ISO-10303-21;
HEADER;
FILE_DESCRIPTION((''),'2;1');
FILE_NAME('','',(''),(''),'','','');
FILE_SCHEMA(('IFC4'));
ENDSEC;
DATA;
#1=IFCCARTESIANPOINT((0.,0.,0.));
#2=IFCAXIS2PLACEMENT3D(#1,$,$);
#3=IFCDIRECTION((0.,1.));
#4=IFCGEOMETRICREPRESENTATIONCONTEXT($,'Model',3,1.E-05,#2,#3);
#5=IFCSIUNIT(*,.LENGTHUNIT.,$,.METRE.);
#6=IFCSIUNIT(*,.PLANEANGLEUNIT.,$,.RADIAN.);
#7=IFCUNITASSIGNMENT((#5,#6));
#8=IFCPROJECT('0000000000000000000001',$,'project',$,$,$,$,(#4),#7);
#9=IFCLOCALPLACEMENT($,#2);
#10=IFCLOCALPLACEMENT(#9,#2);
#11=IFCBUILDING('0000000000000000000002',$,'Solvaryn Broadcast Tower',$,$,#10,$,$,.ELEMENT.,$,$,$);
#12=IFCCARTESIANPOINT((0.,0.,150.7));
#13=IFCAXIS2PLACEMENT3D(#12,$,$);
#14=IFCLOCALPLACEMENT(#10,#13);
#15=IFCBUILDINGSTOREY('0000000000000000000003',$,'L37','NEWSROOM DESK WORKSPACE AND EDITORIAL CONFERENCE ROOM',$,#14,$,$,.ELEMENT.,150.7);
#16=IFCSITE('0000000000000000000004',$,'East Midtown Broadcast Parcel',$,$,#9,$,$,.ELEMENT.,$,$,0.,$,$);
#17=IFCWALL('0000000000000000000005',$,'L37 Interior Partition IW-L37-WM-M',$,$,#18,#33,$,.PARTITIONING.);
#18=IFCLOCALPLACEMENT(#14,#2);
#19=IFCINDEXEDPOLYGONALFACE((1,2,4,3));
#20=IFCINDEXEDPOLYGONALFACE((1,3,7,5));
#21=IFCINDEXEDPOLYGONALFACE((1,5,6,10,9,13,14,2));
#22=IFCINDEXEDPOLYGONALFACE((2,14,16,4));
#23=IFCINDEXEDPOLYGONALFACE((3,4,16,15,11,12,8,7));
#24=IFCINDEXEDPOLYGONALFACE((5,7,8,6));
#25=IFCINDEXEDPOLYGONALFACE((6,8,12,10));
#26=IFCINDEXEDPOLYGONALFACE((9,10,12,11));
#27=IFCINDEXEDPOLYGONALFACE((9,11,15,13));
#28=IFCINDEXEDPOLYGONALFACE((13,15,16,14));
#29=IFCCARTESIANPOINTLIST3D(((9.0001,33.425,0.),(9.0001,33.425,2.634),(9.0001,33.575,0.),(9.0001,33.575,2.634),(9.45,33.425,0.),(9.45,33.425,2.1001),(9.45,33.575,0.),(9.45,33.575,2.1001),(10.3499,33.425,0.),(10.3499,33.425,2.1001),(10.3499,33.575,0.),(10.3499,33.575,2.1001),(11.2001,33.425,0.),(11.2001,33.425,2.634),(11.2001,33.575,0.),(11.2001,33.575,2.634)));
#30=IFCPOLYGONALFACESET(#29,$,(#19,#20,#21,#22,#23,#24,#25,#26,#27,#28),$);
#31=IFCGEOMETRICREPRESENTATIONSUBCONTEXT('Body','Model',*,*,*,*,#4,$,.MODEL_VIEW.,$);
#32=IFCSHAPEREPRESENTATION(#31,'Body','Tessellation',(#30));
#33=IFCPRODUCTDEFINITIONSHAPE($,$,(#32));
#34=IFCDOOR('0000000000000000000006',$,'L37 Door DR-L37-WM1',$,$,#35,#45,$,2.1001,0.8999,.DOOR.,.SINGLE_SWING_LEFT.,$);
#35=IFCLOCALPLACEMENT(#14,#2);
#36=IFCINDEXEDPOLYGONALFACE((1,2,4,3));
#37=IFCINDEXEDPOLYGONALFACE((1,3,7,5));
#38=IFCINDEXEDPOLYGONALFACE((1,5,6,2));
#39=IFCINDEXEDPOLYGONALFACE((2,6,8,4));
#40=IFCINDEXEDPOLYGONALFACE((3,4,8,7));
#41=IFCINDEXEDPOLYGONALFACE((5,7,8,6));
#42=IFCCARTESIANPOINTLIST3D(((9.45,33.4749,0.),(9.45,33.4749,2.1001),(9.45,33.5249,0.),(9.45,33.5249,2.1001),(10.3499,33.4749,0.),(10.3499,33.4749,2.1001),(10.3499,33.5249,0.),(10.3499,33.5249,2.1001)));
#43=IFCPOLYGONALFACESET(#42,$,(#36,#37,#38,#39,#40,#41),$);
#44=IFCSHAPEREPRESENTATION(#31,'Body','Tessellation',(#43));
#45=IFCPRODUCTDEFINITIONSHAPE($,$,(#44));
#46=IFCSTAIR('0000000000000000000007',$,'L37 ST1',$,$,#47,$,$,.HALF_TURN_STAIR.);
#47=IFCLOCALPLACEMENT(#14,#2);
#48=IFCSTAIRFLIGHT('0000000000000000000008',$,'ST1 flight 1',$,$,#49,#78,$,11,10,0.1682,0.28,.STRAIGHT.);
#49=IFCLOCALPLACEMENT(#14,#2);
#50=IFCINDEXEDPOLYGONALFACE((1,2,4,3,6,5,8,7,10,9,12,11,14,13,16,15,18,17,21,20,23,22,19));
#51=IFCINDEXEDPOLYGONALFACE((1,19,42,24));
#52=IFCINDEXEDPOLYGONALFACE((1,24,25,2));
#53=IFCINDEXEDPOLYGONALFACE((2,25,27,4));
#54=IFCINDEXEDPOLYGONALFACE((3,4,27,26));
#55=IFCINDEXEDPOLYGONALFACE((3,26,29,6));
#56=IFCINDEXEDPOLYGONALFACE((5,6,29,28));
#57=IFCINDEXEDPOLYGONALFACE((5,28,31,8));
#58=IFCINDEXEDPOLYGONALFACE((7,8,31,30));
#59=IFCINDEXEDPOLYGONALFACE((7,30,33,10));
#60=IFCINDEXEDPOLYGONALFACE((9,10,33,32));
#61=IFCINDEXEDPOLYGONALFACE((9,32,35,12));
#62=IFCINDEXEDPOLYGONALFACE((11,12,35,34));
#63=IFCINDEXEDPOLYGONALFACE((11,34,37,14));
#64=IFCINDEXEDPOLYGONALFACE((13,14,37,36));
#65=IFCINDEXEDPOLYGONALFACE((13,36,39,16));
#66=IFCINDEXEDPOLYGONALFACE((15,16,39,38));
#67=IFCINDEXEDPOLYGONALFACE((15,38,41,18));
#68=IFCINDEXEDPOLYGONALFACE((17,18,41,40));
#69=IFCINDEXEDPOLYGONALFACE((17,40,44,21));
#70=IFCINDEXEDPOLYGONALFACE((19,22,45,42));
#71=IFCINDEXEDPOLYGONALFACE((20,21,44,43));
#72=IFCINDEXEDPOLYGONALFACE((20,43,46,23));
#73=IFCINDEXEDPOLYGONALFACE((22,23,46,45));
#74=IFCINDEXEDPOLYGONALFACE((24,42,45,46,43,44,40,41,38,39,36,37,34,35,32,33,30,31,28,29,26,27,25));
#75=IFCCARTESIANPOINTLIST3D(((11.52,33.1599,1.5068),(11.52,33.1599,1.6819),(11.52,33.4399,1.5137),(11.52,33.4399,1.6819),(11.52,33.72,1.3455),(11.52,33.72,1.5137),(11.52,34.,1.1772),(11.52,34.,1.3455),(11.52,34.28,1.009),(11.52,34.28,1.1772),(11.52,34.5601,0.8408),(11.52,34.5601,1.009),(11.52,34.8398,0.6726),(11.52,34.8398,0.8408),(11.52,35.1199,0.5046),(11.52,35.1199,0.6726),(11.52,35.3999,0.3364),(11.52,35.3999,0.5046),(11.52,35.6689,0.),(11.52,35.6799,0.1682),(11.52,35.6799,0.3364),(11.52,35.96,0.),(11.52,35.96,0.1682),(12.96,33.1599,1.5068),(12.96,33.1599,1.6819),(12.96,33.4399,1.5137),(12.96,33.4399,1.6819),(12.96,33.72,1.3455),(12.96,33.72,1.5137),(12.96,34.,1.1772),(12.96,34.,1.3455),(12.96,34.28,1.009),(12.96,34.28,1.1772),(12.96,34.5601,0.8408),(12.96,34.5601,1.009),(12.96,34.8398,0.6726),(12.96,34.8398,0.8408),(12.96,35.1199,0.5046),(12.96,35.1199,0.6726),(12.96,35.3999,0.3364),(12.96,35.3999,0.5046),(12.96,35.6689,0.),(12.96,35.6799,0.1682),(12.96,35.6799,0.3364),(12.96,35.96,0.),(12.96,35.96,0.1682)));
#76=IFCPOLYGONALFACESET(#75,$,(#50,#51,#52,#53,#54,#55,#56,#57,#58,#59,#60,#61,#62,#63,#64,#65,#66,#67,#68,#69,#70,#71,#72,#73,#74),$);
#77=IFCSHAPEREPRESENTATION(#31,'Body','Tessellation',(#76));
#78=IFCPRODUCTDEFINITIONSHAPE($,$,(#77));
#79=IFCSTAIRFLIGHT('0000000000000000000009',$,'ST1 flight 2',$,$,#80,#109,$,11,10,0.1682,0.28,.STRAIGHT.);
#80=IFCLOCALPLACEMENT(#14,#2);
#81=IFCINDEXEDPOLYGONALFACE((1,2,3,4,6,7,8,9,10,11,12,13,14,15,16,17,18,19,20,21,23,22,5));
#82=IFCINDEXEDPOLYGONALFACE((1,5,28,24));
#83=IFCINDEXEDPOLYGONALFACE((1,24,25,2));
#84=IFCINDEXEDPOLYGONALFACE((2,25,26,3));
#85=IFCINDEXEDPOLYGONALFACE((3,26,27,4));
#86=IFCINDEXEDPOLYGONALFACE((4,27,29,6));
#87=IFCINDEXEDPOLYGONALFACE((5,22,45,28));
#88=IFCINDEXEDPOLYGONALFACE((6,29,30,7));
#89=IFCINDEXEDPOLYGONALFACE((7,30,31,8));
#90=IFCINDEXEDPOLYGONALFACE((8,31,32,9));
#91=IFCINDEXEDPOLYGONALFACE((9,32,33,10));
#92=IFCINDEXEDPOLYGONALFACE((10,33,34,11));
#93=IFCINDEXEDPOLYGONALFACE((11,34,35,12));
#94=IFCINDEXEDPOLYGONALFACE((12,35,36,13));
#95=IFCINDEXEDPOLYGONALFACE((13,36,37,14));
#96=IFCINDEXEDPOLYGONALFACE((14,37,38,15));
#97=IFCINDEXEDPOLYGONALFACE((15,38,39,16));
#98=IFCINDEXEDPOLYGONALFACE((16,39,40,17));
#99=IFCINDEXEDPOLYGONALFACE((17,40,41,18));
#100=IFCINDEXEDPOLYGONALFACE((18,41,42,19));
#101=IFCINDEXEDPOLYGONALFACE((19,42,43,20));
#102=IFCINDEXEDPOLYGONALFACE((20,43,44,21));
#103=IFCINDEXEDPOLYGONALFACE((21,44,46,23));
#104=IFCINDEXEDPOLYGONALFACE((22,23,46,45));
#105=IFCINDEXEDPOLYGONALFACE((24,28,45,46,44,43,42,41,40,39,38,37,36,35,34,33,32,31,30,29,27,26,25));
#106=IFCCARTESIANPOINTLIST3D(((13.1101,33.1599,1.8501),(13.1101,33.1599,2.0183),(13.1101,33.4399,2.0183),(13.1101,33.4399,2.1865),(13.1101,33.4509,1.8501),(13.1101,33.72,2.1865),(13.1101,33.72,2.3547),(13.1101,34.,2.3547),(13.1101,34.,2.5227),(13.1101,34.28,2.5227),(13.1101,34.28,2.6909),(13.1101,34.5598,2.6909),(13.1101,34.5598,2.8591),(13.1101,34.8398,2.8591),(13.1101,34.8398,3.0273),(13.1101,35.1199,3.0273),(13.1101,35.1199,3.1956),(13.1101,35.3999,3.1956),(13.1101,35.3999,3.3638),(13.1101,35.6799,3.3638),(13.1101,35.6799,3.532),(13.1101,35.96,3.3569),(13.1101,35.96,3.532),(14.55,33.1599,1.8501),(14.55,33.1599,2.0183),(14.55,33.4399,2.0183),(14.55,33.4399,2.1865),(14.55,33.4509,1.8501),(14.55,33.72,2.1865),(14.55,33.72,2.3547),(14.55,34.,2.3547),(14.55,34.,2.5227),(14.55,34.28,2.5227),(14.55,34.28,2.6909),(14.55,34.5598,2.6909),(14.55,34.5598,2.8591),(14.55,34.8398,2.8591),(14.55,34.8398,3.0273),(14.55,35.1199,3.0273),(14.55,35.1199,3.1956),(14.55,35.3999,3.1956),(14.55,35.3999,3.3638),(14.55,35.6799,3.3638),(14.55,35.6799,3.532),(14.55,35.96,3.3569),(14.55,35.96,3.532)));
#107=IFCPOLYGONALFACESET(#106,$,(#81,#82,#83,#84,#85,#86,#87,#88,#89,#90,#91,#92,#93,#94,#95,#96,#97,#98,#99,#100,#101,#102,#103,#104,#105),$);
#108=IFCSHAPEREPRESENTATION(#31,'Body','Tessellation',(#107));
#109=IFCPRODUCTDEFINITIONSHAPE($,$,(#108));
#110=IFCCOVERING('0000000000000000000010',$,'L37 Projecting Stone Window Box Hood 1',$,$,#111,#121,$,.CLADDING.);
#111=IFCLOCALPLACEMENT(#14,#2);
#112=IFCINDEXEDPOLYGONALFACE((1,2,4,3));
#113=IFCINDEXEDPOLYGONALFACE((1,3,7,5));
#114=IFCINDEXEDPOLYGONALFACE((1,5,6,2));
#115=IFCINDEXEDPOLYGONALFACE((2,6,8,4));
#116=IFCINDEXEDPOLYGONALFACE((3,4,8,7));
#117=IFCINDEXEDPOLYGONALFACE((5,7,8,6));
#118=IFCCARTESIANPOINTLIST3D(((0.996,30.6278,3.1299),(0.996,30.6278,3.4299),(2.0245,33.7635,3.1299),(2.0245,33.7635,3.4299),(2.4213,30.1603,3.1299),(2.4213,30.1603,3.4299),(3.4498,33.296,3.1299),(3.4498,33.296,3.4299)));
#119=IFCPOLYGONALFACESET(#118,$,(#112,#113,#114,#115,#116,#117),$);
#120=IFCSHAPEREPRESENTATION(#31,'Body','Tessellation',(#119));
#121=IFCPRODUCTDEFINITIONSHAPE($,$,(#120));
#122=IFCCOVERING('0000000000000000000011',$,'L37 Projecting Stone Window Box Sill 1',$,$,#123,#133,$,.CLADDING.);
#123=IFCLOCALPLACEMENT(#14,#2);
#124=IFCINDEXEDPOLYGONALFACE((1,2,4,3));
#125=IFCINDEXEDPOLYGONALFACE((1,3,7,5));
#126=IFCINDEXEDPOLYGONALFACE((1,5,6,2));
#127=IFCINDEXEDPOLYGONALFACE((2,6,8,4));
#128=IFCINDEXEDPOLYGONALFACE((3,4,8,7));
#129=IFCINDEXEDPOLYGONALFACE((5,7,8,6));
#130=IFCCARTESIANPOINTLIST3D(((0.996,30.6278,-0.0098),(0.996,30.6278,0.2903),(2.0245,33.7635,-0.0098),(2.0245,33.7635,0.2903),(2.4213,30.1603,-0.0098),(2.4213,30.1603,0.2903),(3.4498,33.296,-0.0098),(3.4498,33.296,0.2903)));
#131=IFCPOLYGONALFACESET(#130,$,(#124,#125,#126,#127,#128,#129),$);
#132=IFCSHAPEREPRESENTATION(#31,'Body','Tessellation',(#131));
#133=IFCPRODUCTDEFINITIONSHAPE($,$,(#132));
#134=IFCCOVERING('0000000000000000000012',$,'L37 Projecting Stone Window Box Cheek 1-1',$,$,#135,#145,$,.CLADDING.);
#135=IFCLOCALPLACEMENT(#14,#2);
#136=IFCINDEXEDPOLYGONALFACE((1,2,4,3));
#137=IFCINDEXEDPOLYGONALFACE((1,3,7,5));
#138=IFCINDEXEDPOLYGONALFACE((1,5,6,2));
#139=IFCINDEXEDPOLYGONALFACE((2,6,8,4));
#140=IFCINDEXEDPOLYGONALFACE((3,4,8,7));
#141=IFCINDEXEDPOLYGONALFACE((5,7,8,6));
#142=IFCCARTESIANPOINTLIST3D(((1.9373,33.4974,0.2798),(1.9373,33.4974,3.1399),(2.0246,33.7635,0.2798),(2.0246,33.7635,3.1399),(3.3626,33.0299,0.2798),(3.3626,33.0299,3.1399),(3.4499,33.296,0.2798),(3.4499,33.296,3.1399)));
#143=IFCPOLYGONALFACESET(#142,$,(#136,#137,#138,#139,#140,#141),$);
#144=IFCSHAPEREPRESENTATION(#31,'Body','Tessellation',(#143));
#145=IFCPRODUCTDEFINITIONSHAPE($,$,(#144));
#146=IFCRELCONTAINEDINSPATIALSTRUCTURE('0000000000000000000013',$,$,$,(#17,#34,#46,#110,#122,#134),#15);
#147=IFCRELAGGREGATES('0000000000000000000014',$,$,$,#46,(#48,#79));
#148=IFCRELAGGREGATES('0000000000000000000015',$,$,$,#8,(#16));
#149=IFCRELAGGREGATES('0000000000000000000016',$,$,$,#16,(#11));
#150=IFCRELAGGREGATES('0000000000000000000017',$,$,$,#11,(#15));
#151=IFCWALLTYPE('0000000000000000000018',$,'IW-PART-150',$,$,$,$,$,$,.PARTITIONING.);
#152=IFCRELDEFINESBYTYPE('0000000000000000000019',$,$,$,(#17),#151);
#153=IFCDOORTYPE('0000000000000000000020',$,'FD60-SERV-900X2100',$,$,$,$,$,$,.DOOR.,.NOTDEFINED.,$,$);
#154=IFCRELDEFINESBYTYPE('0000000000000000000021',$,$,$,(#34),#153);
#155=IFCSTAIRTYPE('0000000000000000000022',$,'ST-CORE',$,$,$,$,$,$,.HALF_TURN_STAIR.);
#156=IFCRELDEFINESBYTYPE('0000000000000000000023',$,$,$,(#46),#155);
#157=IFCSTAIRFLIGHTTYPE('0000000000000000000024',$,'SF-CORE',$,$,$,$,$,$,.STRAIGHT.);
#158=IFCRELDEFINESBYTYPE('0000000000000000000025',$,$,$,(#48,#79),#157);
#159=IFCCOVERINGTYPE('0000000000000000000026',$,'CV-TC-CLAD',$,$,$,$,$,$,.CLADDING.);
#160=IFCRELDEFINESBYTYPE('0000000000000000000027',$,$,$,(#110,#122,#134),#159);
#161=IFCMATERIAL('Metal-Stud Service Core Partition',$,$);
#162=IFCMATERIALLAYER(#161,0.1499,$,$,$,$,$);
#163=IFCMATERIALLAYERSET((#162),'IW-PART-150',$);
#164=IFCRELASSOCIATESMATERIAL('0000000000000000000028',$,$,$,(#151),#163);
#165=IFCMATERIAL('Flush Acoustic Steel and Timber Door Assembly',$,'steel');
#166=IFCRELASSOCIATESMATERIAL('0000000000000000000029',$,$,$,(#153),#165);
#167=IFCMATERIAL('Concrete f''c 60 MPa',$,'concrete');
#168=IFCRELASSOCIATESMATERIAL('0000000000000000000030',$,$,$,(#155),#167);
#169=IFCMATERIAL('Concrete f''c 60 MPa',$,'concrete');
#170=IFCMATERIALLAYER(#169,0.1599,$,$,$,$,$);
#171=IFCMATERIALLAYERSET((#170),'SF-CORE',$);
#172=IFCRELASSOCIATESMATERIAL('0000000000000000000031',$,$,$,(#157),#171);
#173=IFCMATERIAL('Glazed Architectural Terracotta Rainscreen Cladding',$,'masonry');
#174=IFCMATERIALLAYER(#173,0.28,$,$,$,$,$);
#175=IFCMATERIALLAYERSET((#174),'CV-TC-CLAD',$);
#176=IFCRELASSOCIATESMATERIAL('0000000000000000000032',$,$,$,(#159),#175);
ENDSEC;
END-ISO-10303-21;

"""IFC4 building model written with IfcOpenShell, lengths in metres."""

from ifc_helpers import new_model, si_unit, direction, frame, frame_2d, origin, origin_2d, place, context, subcontext, project, spatial, polyline, rectangle, outline, extrude, material, layer, layer_set, type_object, element, fill, aggregate, save


model = new_model("IFC4")

# Units and contexts
model_context = context("Model", 3, precision=1e-05, world=origin(), true_north=direction((0.0, 1.0)))
body_context = subcontext(model_context, "Body", "Model", "MODEL_VIEW")
ifc_project = project(units=[si_unit("LENGTHUNIT", "METRE"), si_unit("PLANEANGLEUNIT", "RADIAN")], contexts=[model_context])

# Site, building, storey
site_placement = place(None, origin())
site = spatial("IfcSite", under=ifc_project, at=site_placement, Name="East Midtown Broadcast Parcel", CompositionType="ELEMENT", RefElevation=0.0)
building_placement = place(site_placement, origin())
building = spatial("IfcBuilding", under=site, at=building_placement, Name="Solvaryn Broadcast Tower", CompositionType="ELEMENT")
storey_placement = place(building_placement, frame((0.0, 0.0, 150.7)))
storey = spatial("IfcBuildingStorey", under=building, at=storey_placement, Name="L37", Description="NEWSROOM DESK WORKSPACE AND EDITORIAL CONFERENCE ROOM", CompositionType="ELEMENT", Elevation=150.7)

# Wall, opening, door
ifc_material_1 = material(Name="Metal-Stud Service Core Partition")
ifc_layer_1 = layer(ifc_material_1, 0.1499)
ifc_layer_set_1 = layer_set([ifc_layer_1], Name="IW-PART-150")
wall_type = type_object("IfcWallType", Name="IW-PART-150", PredefinedType="PARTITIONING", material=ifc_layer_set_1)
wall_placement = place(storey_placement, frame((9.0, 33.5, 0.0), z_axis=(0.0, 0.0, 1.0), x_axis=(1.0, 0.0, 0.0)))
wall = element("IfcWall", 1, at=wall_placement, inside=storey, type_object=wall_type, Name="L37 Interior Partition IW-L37-WM-M", PredefinedType="PARTITIONING", context=body_context, shape_type="SweptSolid", body=[
    extrude(rectangle(XDim=2.2, YDim=0.1499, at=frame_2d((1.1001, 0.0))), origin(), (0.0, 0.0, 1.0), 2.634),
])
opening_placement = place(wall_placement, frame((0.45, 0.0, 0.0)))
opening = element("IfcOpeningElement", 2, at=opening_placement, cuts=wall, PredefinedType="OPENING", context=body_context, shape_type="SweptSolid", body=[
    extrude(rectangle(XDim=0.8999, YDim=2.1001, at=frame_2d((0.45, 1.05))), frame((0.0, 0.085, 0.0), z_axis=(0.0, -1.0, 0.0), x_axis=(1.0, 0.0, 0.0)), (0.0, 0.0, 1.0), 0.1699),
])
ifc_material_2 = material(Name="Flush Acoustic Steel and Timber Door Assembly", Category="steel")
door_type = type_object("IfcDoorType", Name="FD60-SERV-900X2100", OperationType="NOTDEFINED", PredefinedType="DOOR", material=ifc_material_2)
door_placement = place(opening_placement, origin())
door = element("IfcDoor", 3, at=door_placement, inside=storey, type_object=door_type, Name="L37 Door DR-L37-WM1", OperationType="SINGLE_SWING_LEFT", OverallHeight=2.1001, OverallWidth=0.8999, PredefinedType="DOOR", context=body_context, shape_type="SweptSolid", body=[
    extrude(rectangle(XDim=0.8999, YDim=2.1001, at=frame_2d((0.45, 1.05))), frame((0.0, 0.0249, 0.0), z_axis=(0.0, -1.0, 0.0), x_axis=(1.0, 0.0, 0.0)), (0.0, 0.0, 1.0), 0.05),
])
fill(opening, door)

# Stair, stair flights
ifc_material_3 = material(Name="Concrete f'c 60 MPa", Category="concrete")
stair_type = type_object("IfcStairType", Name="ST-CORE", PredefinedType="HALF_TURN_STAIR", material=ifc_material_3)
stair_placement = place(storey_placement, origin())
stair = element("IfcStair", 4, at=stair_placement, inside=storey, type_object=stair_type, Name="L37 ST1", PredefinedType="HALF_TURN_STAIR")
ifc_material_4 = material(Name="Concrete f'c 60 MPa", Category="concrete")
ifc_layer_2 = layer(ifc_material_4, 0.1599)
ifc_layer_set_2 = layer_set([ifc_layer_2], Name="SF-CORE")
stair_flight_type = type_object("IfcStairFlightType", Name="SF-CORE", PredefinedType="STRAIGHT", material=ifc_layer_set_2)
stair_flight_1_placement = place(storey_placement, frame((12.24, 35.96, 0.0), z_axis=(0.0, 0.0, 1.0), x_axis=(0.0, -1.0, 0.0)))
stair_flight_1 = element("IfcStairFlight", 5, at=stair_flight_1_placement, type_object=stair_flight_type, Name="ST1 flight 1", NumberOfRisers=11, NumberOfTreads=10, PredefinedType="STRAIGHT", RiserHeight=0.1682, TreadLength=0.28, context=body_context, shape_type="SweptSolid", body=[
    extrude(outline(polyline([(0.0, 0.0), (0.0, 0.1682), (0.28, 0.1682), (0.28, 0.3364), (0.5601, 0.3364), (0.5601, 0.5046), (0.8401, 0.5046), (0.8401, 0.6726), (1.1201, 0.6726), (1.1201, 0.8408), (1.3999, 0.8408), (1.3999, 1.009), (1.6799, 1.009), (1.6799, 1.1772), (1.96, 1.1772), (1.96, 1.3455), (2.24, 1.3455), (2.24, 1.5137), (2.52, 1.5137), (2.52, 1.6819), (2.8, 1.6819), (2.8, 1.8501), (2.8, 1.5068), (0.291, 0.0), (0.0, 0.0)])), frame((0.0, 0.72, 0.0), z_axis=(0.0, -1.0, 0.0), x_axis=(1.0, 0.0, 0.0)), (0.0, 0.0, 1.0), 1.4399),
])
stair_flight_2_placement = place(storey_placement, frame((13.8301, 33.1599, 1.8501), z_axis=(0.0, 0.0, 1.0), x_axis=(0.0, 1.0, 0.0)))
stair_flight_2 = element("IfcStairFlight", 6, at=stair_flight_2_placement, type_object=stair_flight_type, Name="ST1 flight 2", NumberOfRisers=11, NumberOfTreads=10, PredefinedType="STRAIGHT", RiserHeight=0.1682, TreadLength=0.28, context=body_context, shape_type="SweptSolid", body=[
    extrude(outline(polyline([(0.0, 0.0), (0.0, 0.1682), (0.28, 0.1682), (0.28, 0.3364), (0.5601, 0.3364), (0.5601, 0.5046), (0.8401, 0.5046), (0.8401, 0.6726), (1.1201, 0.6726), (1.1201, 0.8408), (1.3999, 0.8408), (1.3999, 1.009), (1.6799, 1.009), (1.6799, 1.1772), (1.96, 1.1772), (1.96, 1.3455), (2.24, 1.3455), (2.24, 1.5137), (2.52, 1.5137), (2.52, 1.6819), (2.8, 1.6819), (2.8, 1.8501), (2.8, 1.5068), (0.291, 0.0), (0.0, 0.0)])), frame((0.0, 0.72, 0.0), z_axis=(0.0, -1.0, 0.0), x_axis=(1.0, 0.0, 0.0)), (0.0, 0.0, 1.0), 1.4399),
])
aggregate(stair, [stair_flight_1, stair_flight_2])

# Coverings
ifc_material_5 = material(Name="Glazed Architectural Terracotta Rainscreen Cladding", Category="masonry")
ifc_layer_3 = layer(ifc_material_5, 0.28)
ifc_layer_set_3 = layer_set([ifc_layer_3], Name="CV-TC-CLAD")
covering_type = type_object("IfcCoveringType", Name="CV-TC-CLAD", PredefinedType="CLADDING", material=ifc_layer_set_3)
for number, where, z_axis, x_axis, name in (
    (7, (2.2229, 31.9619, 3.1299), (0.0, 0.0, 1.0), (-0.311672, -0.95019, 0.0), "L37 Projecting Stone Window Box Hood 1"),
    (8, (2.2229, 31.9619, -0.0098), (0.0, 0.0, 1.0), (-0.311672, -0.95019, 0.0), "L37 Projecting Stone Window Box Sill 1"),
):
    element("IfcCovering", number, at=place(storey_placement, frame(where, z_axis=z_axis, x_axis=x_axis)), inside=storey, type_object=covering_type, Name=name, PredefinedType="CLADDING", context=body_context, shape_type="SweptSolid", body=[
        extrude(rectangle(XDim=3.3, YDim=1.5, at=origin_2d()), origin(), (0.0, 0.0, 1.0), 0.3),
    ])
covering_placement = place(storey_placement, frame((2.6936, 33.3967, 0.2798), z_axis=(0.0, 0.0, 1.0), x_axis=(-0.311672, -0.95019, 0.0)))
element("IfcCovering", 9, at=covering_placement, inside=storey, type_object=covering_type, Name="L37 Projecting Stone Window Box Cheek 1-1", PredefinedType="CLADDING", context=body_context, shape_type="SweptSolid", body=[
    extrude(rectangle(XDim=0.28, YDim=1.5, at=origin_2d()), origin(), (0.0, 0.0, 1.0), 2.8601),
])

save(model, "model.ifc")
